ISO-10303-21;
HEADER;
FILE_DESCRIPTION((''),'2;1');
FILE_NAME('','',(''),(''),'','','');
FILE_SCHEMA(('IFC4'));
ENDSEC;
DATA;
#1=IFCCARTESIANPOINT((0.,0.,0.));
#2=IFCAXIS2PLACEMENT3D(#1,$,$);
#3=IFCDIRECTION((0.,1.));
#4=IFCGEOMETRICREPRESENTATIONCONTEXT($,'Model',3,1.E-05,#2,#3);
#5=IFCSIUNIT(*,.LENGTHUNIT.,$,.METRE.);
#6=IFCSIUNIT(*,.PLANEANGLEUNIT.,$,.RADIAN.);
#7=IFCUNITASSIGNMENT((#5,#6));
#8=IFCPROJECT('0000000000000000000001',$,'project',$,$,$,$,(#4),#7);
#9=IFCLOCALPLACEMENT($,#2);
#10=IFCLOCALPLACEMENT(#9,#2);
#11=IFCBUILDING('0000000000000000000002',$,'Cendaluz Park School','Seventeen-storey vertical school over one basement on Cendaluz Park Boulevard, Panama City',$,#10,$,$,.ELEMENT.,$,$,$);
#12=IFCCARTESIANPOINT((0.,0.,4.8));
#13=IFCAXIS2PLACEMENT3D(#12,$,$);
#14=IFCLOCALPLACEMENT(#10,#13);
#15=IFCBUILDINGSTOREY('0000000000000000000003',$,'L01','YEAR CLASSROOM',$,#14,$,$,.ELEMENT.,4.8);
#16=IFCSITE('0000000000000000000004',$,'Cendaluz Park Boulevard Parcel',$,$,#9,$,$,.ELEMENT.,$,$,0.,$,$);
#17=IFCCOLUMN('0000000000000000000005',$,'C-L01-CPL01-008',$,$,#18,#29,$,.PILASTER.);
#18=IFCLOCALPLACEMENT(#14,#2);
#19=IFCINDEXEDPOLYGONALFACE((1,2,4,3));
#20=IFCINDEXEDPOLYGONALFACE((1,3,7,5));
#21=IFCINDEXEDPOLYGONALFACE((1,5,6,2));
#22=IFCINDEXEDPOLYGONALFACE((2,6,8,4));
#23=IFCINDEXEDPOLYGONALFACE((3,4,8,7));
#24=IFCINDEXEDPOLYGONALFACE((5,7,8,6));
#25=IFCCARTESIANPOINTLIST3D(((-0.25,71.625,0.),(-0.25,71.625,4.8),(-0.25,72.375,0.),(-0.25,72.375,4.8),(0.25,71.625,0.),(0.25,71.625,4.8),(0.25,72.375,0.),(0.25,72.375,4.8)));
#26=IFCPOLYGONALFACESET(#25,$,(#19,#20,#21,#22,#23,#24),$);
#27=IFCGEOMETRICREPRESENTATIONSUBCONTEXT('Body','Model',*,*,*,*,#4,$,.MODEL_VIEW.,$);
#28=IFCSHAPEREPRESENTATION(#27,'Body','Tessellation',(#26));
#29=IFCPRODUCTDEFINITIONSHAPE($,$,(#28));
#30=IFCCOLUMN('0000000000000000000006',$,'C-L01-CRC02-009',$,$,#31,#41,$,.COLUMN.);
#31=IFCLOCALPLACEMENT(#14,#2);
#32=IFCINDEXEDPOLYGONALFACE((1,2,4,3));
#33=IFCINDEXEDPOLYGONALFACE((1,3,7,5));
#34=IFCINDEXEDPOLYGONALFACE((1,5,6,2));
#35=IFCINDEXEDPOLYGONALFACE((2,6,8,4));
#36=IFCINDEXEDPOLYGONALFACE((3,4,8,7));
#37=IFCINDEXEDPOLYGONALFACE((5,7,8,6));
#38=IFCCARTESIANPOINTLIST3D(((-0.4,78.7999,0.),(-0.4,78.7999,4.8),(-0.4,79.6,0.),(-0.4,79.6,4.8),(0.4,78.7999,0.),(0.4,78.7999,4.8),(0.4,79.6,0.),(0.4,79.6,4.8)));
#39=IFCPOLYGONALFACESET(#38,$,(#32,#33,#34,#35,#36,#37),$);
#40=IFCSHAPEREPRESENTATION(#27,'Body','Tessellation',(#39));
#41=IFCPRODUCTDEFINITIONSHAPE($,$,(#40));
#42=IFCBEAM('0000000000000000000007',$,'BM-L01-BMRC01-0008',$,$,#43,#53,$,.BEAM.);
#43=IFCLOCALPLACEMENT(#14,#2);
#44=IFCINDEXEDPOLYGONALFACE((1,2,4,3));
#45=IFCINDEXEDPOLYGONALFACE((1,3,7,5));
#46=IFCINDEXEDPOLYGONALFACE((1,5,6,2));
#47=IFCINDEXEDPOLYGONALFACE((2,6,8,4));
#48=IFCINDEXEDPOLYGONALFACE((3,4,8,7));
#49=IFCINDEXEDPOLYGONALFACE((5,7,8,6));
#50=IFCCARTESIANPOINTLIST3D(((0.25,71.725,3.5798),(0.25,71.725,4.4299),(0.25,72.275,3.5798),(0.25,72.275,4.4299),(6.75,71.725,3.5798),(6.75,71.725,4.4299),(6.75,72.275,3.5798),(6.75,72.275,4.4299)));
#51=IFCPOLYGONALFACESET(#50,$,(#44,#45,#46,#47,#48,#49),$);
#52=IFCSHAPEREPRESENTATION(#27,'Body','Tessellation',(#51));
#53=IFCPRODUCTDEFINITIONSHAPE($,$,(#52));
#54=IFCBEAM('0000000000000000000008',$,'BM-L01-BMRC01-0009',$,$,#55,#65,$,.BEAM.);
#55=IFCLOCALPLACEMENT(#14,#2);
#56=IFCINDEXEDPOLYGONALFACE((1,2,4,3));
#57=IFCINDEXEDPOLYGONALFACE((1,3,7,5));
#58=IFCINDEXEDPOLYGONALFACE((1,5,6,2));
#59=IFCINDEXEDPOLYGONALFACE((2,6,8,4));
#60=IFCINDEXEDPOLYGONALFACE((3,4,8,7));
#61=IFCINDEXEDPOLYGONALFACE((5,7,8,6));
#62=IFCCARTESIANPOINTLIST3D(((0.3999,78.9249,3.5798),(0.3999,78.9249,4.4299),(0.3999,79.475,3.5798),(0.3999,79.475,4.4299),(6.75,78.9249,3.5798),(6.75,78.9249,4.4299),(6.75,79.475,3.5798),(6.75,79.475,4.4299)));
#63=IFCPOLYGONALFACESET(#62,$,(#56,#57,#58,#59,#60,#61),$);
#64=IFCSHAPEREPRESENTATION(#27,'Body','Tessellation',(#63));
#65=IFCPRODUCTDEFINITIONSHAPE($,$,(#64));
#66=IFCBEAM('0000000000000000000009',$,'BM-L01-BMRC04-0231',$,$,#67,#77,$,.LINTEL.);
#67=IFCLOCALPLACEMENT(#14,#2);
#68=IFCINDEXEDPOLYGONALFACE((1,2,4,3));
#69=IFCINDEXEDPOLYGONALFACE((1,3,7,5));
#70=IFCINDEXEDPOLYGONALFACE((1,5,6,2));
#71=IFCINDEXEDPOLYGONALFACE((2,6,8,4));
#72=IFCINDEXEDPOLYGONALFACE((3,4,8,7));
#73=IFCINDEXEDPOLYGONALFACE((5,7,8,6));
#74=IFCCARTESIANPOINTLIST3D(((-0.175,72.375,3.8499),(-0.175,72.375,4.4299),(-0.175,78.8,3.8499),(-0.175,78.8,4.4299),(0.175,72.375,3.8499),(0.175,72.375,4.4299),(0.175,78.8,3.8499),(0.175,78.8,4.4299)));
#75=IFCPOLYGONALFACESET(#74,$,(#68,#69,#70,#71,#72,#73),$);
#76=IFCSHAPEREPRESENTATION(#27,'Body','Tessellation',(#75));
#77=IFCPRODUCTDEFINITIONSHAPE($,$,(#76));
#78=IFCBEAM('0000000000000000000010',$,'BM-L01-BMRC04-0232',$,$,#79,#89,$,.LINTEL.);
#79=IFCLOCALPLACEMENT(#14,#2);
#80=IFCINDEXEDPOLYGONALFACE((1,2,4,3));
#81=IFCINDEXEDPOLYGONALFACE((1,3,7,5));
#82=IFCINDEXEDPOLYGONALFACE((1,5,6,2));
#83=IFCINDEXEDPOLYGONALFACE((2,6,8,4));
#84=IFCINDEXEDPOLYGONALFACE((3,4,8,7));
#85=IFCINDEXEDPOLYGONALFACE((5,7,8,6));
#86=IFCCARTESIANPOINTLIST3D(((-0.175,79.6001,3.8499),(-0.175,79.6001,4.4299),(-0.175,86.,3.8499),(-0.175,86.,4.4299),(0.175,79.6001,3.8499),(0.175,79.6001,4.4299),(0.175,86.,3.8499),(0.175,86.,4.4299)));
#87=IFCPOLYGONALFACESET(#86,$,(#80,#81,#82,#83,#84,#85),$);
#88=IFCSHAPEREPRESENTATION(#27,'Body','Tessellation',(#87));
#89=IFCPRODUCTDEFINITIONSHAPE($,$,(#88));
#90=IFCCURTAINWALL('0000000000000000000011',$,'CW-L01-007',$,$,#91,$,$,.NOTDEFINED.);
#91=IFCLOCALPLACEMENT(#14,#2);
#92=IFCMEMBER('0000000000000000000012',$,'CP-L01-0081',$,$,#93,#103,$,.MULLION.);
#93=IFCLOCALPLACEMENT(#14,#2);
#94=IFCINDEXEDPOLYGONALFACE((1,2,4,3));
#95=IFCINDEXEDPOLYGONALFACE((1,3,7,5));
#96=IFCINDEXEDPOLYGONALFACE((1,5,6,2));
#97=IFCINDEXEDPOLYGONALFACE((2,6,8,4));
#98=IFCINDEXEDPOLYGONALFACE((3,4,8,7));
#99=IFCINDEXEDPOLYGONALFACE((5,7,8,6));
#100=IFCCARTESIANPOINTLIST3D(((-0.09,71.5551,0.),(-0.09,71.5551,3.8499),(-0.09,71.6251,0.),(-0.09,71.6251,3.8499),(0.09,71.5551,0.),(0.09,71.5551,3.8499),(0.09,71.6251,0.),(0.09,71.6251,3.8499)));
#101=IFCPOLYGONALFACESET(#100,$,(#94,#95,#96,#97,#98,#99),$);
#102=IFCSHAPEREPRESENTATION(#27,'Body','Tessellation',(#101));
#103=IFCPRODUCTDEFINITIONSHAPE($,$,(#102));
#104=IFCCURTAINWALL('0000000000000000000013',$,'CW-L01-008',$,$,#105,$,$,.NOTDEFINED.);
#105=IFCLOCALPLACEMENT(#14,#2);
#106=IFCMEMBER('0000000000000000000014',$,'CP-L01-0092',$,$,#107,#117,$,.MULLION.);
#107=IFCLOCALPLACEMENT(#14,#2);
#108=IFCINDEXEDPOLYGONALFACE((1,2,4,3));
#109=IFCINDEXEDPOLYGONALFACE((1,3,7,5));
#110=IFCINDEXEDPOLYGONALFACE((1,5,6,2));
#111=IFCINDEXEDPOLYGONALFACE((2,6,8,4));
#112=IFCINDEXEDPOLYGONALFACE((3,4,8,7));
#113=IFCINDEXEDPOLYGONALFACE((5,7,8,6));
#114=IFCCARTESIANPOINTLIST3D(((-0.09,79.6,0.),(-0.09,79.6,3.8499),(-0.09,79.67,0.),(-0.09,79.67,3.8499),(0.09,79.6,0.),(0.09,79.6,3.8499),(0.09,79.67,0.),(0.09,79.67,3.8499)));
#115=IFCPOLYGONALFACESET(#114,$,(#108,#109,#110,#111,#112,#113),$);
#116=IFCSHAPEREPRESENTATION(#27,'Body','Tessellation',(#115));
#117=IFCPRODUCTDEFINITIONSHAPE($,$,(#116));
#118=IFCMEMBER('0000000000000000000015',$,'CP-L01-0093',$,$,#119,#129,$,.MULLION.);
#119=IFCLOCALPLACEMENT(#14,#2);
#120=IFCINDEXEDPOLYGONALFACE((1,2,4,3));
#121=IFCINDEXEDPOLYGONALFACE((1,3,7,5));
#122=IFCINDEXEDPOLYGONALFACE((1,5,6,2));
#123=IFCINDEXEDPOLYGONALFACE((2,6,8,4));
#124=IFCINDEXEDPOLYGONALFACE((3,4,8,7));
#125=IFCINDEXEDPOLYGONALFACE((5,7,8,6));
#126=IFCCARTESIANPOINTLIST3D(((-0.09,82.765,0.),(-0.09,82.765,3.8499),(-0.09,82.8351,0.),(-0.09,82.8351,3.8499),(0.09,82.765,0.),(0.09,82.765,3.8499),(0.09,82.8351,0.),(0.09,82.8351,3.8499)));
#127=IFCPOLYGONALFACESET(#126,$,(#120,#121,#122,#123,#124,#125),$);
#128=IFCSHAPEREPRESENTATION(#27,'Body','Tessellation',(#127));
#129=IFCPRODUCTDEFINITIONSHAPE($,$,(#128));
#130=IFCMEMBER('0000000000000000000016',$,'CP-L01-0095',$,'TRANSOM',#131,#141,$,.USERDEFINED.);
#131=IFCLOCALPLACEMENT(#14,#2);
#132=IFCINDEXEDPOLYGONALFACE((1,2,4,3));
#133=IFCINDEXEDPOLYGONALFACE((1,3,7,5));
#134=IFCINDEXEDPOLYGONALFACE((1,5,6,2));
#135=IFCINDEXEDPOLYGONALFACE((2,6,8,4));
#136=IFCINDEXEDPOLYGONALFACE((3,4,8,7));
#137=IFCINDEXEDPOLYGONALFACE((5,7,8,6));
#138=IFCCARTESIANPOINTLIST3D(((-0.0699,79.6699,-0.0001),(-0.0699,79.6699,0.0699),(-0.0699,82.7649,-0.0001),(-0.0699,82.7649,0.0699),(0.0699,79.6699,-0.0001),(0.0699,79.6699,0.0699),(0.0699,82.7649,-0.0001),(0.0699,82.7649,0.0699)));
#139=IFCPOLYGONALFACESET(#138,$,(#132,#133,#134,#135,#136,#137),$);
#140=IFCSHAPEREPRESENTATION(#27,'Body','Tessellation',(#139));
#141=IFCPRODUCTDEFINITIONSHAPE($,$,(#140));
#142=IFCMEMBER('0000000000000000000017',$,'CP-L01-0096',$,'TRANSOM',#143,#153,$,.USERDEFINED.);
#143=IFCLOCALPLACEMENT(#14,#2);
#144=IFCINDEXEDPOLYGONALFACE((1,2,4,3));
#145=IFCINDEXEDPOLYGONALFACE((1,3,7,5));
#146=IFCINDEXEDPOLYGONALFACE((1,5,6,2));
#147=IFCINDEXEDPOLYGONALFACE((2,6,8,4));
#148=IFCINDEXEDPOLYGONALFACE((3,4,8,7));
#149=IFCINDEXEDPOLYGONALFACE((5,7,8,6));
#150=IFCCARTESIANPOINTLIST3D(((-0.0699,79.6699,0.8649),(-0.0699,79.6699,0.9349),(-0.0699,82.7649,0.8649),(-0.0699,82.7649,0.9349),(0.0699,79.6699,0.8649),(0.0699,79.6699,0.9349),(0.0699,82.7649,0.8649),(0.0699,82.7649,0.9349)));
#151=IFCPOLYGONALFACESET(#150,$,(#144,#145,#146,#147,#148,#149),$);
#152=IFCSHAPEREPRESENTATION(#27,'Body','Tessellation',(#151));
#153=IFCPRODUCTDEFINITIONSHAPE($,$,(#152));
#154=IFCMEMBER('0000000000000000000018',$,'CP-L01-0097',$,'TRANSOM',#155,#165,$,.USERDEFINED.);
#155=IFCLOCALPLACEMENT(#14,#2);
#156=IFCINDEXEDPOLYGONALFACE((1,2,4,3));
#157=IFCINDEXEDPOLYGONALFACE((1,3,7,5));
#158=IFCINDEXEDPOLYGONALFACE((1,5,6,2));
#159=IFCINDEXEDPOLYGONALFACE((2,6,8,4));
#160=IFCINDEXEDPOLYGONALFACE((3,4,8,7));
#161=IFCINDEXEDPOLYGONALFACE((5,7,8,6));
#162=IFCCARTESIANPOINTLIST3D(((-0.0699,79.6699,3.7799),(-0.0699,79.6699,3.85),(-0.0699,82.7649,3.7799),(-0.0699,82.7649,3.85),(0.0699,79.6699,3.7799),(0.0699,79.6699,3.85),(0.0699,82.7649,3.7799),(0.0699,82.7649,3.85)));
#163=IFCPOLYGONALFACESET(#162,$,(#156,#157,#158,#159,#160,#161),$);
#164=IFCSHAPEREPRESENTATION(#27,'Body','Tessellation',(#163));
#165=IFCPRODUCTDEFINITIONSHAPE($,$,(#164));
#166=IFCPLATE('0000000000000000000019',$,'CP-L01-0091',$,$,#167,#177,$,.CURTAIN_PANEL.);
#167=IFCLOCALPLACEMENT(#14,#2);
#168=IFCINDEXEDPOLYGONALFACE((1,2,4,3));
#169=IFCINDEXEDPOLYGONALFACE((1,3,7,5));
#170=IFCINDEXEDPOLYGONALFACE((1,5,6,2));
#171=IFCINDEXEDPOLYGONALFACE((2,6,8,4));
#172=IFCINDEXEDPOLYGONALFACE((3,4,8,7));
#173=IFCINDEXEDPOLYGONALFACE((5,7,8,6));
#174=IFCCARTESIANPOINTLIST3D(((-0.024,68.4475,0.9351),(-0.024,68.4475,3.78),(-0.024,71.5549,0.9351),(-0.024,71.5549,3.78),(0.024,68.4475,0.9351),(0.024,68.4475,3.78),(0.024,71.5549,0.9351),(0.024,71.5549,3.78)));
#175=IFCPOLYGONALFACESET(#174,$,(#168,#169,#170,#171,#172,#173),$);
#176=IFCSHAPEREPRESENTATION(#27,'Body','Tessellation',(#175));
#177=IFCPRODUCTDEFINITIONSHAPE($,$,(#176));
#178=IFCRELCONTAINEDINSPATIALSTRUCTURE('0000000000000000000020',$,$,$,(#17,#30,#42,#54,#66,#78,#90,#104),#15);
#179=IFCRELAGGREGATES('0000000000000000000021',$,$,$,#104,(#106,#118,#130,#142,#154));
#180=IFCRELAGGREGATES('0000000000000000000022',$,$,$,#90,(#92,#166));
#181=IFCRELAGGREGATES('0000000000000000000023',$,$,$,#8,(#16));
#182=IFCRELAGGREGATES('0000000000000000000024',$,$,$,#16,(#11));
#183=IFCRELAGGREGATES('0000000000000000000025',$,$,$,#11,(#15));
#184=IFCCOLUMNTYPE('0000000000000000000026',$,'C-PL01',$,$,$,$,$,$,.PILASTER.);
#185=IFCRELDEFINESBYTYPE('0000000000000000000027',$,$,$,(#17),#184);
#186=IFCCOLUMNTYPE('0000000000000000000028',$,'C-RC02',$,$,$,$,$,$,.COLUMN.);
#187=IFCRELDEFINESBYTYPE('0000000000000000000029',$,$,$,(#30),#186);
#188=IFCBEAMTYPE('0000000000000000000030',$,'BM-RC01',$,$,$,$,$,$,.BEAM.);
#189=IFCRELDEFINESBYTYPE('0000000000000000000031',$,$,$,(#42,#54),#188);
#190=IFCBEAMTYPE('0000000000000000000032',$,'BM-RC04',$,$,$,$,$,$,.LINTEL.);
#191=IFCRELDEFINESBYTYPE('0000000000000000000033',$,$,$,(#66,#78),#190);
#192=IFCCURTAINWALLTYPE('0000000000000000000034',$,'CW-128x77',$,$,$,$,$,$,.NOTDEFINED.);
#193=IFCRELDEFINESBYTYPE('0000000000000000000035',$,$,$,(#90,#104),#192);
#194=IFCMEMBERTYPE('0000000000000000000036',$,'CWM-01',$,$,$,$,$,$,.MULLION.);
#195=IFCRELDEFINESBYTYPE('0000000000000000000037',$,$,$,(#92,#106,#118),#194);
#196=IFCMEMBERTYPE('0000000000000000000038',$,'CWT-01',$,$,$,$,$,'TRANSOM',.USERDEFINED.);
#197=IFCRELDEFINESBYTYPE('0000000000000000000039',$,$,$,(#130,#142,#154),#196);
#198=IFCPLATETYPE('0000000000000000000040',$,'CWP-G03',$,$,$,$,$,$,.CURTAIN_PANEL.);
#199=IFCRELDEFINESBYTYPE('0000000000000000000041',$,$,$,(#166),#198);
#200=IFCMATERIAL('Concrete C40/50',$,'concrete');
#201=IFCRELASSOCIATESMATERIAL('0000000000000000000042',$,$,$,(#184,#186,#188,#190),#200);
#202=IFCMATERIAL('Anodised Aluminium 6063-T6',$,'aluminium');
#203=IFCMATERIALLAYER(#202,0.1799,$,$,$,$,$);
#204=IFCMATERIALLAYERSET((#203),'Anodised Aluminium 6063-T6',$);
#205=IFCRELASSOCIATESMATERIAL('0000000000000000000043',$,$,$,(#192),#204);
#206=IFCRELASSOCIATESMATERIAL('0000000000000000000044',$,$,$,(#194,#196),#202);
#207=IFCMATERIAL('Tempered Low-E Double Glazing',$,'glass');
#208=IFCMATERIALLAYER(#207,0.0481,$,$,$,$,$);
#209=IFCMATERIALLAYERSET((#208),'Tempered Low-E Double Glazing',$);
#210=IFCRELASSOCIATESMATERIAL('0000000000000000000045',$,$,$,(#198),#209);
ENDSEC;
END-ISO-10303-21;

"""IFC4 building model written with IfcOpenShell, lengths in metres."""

from ifc_helpers import new_model, si_unit, direction, frame, origin, origin_2d, place, context, subcontext, project, spatial, rectangle, extrude, material, layer, layer_set, material_profile, profile_set, type_object, element, aggregate, save


model = new_model("IFC4")

# Units and contexts
model_context = context("Model", 3, precision=1e-05, world=origin(), true_north=direction((0.0, 1.0)))
body_context = subcontext(model_context, "Body", "Model", "MODEL_VIEW")
ifc_project = project(units=[si_unit("LENGTHUNIT", "METRE"), si_unit("PLANEANGLEUNIT", "RADIAN")], contexts=[model_context])

# Site, building, storey
site_placement = place(None, origin())
site = spatial("IfcSite", under=ifc_project, at=site_placement, Name="Cendaluz Park Boulevard Parcel", CompositionType="ELEMENT", RefElevation=0.0)
building_placement = place(site_placement, origin())
building = spatial("IfcBuilding", under=site, at=building_placement, Name="Cendaluz Park School", Description="Seventeen-storey vertical school over one basement on Cendaluz Park Boulevard, Panama City", CompositionType="ELEMENT")
storey_placement = place(building_placement, frame((0.0, 0.0, 4.8)))
storey = spatial("IfcBuildingStorey", under=building, at=storey_placement, Name="L01", Description="YEAR CLASSROOM", CompositionType="ELEMENT", Elevation=4.8)

# Columns
ifc_material_1 = material(Name="Concrete C40/50", Category="concrete")
ifc_material_profile_1 = material_profile(ifc_material_1, rectangle(XDim=0.5, YDim=0.75, at=origin_2d()), Name="RC 500x750", Category="concrete")
ifc_profile_set_1 = profile_set([ifc_material_profile_1], Name="Concrete C40/50")
column_type_1 = type_object("IfcColumnType", Name="C-PL01", PredefinedType="PILASTER", material=ifc_profile_set_1)
column_1_placement = place(storey_placement, frame((0.0, 72.0, 0.0), z_axis=(0.0, 0.0, 1.0), x_axis=(1.0, 0.0, 0.0)))
element("IfcColumn", 1, at=column_1_placement, inside=storey, type_object=column_type_1, Name="C-L01-CPL01-008", PredefinedType="PILASTER", context=body_context, shape_type="SweptSolid", body=[
    extrude(rectangle(XDim=0.5, YDim=0.75, at=origin_2d()), origin(), (0.0, 0.0, 1.0), 4.8),
])
ifc_material_profile_2 = material_profile(ifc_material_1, rectangle(XDim=0.8, YDim=0.8, at=origin_2d()), Name="RC 800x800", Category="concrete")
ifc_profile_set_2 = profile_set([ifc_material_profile_2], Name="Concrete C40/50")
column_type_2 = type_object("IfcColumnType", Name="C-RC02", PredefinedType="COLUMN", material=ifc_profile_set_2)
column_2_placement = place(storey_placement, frame((0.0, 79.2, 0.0), z_axis=(0.0, 0.0, 1.0), x_axis=(1.0, 0.0, 0.0)))
element("IfcColumn", 2, at=column_2_placement, inside=storey, type_object=column_type_2, Name="C-L01-CRC02-009", PredefinedType="COLUMN", context=body_context, shape_type="SweptSolid", body=[
    extrude(rectangle(XDim=0.8, YDim=0.8, at=origin_2d()), origin(), (0.0, 0.0, 1.0), 4.8),
])

# Beams
ifc_material_profile_3 = material_profile(ifc_material_1, rectangle(XDim=0.55, YDim=0.8501, at=origin_2d()), Name="RC 550x850", Category="concrete")
ifc_profile_set_3 = profile_set([ifc_material_profile_3], Name="Concrete C40/50")
beam_type_1 = type_object("IfcBeamType", Name="BM-RC01", PredefinedType="BEAM", material=ifc_profile_set_3)
beam_1_placement = place(storey_placement, frame((0.25, 72.0, 4.0049), z_axis=(1.0, 0.0, 0.0), x_axis=(0.0, 1.0, 0.0)))
element("IfcBeam", 3, at=beam_1_placement, inside=storey, type_object=beam_type_1, Name="BM-L01-BMRC01-0008", PredefinedType="BEAM", context=body_context, shape_type="SweptSolid", body=[
    extrude(rectangle(XDim=0.55, YDim=0.8501, at=origin_2d()), origin(), (0.0, 0.0, 1.0), 6.5),
])
beam_2_placement = place(storey_placement, frame((0.3999, 79.2, 4.0049), z_axis=(1.0, 0.0, 0.0), x_axis=(0.0, 1.0, 0.0)))
element("IfcBeam", 4, at=beam_2_placement, inside=storey, type_object=beam_type_1, Name="BM-L01-BMRC01-0009", PredefinedType="BEAM", context=body_context, shape_type="SweptSolid", body=[
    extrude(rectangle(XDim=0.55, YDim=0.8501, at=origin_2d()), origin(), (0.0, 0.0, 1.0), 6.3501),
])
ifc_material_profile_4 = material_profile(ifc_material_1, rectangle(XDim=0.3501, YDim=0.5801, at=origin_2d()), Name="RC 350x580", Category="concrete")
ifc_profile_set_4 = profile_set([ifc_material_profile_4], Name="Concrete C40/50")
beam_type_2 = type_object("IfcBeamType", Name="BM-RC04", PredefinedType="LINTEL", material=ifc_profile_set_4)
beam_3_placement = place(storey_placement, frame((0.0, 72.375, 4.1399), z_axis=(0.0, 1.0, 0.0), x_axis=(-1.0, 0.0, 0.0)))
element("IfcBeam", 5, at=beam_3_placement, inside=storey, type_object=beam_type_2, Name="BM-L01-BMRC04-0231", PredefinedType="LINTEL", context=body_context, shape_type="SweptSolid", body=[
    extrude(rectangle(XDim=0.3501, YDim=0.5801, at=origin_2d()), origin(), (0.0, 0.0, 1.0), 6.425),
])
beam_4_placement = place(storey_placement, frame((0.0, 79.6001, 4.1399), z_axis=(0.0, 1.0, 0.0), x_axis=(-1.0, 0.0, 0.0)))
element("IfcBeam", 6, at=beam_4_placement, inside=storey, type_object=beam_type_2, Name="BM-L01-BMRC04-0232", PredefinedType="LINTEL", context=body_context, shape_type="SweptSolid", body=[
    extrude(rectangle(XDim=0.3501, YDim=0.5801, at=origin_2d()), origin(), (0.0, 0.0, 1.0), 6.3999),
])

# Curtain wall, member
ifc_material_2 = material(Name="Anodised Aluminium 6063-T6", Category="aluminium")
ifc_layer_1 = layer(ifc_material_2, 0.1799)
ifc_layer_set_1 = layer_set([ifc_layer_1], Name="Anodised Aluminium 6063-T6")
curtain_wall_type = type_object("IfcCurtainWallType", Name="CW-128x77", PredefinedType="NOTDEFINED", material=ifc_layer_set_1)
curtain_wall_1_placement = place(storey_placement, origin())
curtain_wall_1 = element("IfcCurtainWall", 7, at=curtain_wall_1_placement, inside=storey, type_object=curtain_wall_type, Name="CW-L01-007", PredefinedType="NOTDEFINED")
ifc_material_profile_5 = material_profile(ifc_material_2, rectangle(XDim=0.1799, YDim=0.0701, at=origin_2d()), Name="CWM 180x70", Category="aluminium")
ifc_profile_set_5 = profile_set([ifc_material_profile_5], Name="Anodised Aluminium 6063-T6")
member_type_1 = type_object("IfcMemberType", Name="CWM-01", PredefinedType="MULLION", material=ifc_profile_set_5)
member_1_placement = place(storey_placement, frame((0.0, 71.5901, 0.0), z_axis=(0.0, 0.0, 1.0), x_axis=(-1.0, 0.0, 0.0)))
member_1 = element("IfcMember", 8, at=member_1_placement, type_object=member_type_1, Name="CP-L01-0081", PredefinedType="MULLION", context=body_context, shape_type="SweptSolid", body=[
    extrude(rectangle(XDim=0.1799, YDim=0.0701, at=origin_2d()), origin(), (0.0, 0.0, 1.0), 3.8499),
])

# Curtain wall, members
curtain_wall_2_placement = place(storey_placement, origin())
curtain_wall_2 = element("IfcCurtainWall", 9, at=curtain_wall_2_placement, inside=storey, type_object=curtain_wall_type, Name="CW-L01-008", PredefinedType="NOTDEFINED")
member_2_placement = place(storey_placement, frame((0.0, 79.635, 0.0), z_axis=(0.0, 0.0, 1.0), x_axis=(-1.0, 0.0, 0.0)))
member_2 = element("IfcMember", 10, at=member_2_placement, type_object=member_type_1, Name="CP-L01-0092", PredefinedType="MULLION", context=body_context, shape_type="SweptSolid", body=[
    extrude(rectangle(XDim=0.1799, YDim=0.0701, at=origin_2d()), origin(), (0.0, 0.0, 1.0), 3.8499),
])
member_3_placement = place(storey_placement, frame((0.0, 82.8, 0.0), z_axis=(0.0, 0.0, 1.0), x_axis=(-1.0, 0.0, 0.0)))
member_3 = element("IfcMember", 11, at=member_3_placement, type_object=member_type_1, Name="CP-L01-0093", PredefinedType="MULLION", context=body_context, shape_type="SweptSolid", body=[
    extrude(rectangle(XDim=0.1799, YDim=0.0701, at=origin_2d()), origin(), (0.0, 0.0, 1.0), 3.8499),
])
ifc_material_profile_6 = material_profile(ifc_material_2, rectangle(XDim=0.1399, YDim=0.0701, at=origin_2d()), Name="CWT 140x70", Category="aluminium")
ifc_profile_set_6 = profile_set([ifc_material_profile_6], Name="Anodised Aluminium 6063-T6")
member_type_2 = type_object("IfcMemberType", Name="CWT-01", ElementType="TRANSOM", PredefinedType="USERDEFINED", material=ifc_profile_set_6)
member_4_placement = place(storey_placement, frame((0.0, 79.6699, 0.0349), z_axis=(0.0, 1.0, 0.0), x_axis=(-1.0, 0.0, 0.0)))
member_4 = element("IfcMember", 12, at=member_4_placement, type_object=member_type_2, Name="CP-L01-0095", ObjectType="TRANSOM", PredefinedType="USERDEFINED", context=body_context, shape_type="SweptSolid", body=[
    extrude(rectangle(XDim=0.1399, YDim=0.0701, at=origin_2d()), origin(), (0.0, 0.0, 1.0), 3.095),
])
member_5_placement = place(storey_placement, frame((0.0, 79.6699, 0.8999), z_axis=(0.0, 1.0, 0.0), x_axis=(-1.0, 0.0, 0.0)))
member_5 = element("IfcMember", 13, at=member_5_placement, type_object=member_type_2, Name="CP-L01-0096", ObjectType="TRANSOM", PredefinedType="USERDEFINED", context=body_context, shape_type="SweptSolid", body=[
    extrude(rectangle(XDim=0.1399, YDim=0.0701, at=origin_2d()), origin(), (0.0, 0.0, 1.0), 3.095),
])
member_6_placement = place(storey_placement, frame((0.0, 79.6699, 3.8149), z_axis=(0.0, 1.0, 0.0), x_axis=(-1.0, 0.0, 0.0)))
member_6 = element("IfcMember", 14, at=member_6_placement, type_object=member_type_2, Name="CP-L01-0097", ObjectType="TRANSOM", PredefinedType="USERDEFINED", context=body_context, shape_type="SweptSolid", body=[
    extrude(rectangle(XDim=0.1399, YDim=0.0701, at=origin_2d()), origin(), (0.0, 0.0, 1.0), 3.095),
])

# Plate
ifc_material_3 = material(Name="Tempered Low-E Double Glazing", Category="glass")
ifc_layer_2 = layer(ifc_material_3, 0.0481)
ifc_layer_set_2 = layer_set([ifc_layer_2], Name="Tempered Low-E Double Glazing")
plate_type_1 = type_object("IfcPlateType", Name="CWP-G03", PredefinedType="CURTAIN_PANEL", material=ifc_layer_set_2)
plate_1_placement = place(storey_placement, frame((0.0, 70.0012, 0.9351), z_axis=(0.0, 0.0, 1.0), x_axis=(0.0, 1.0, 0.0)))
plate_1 = element("IfcPlate", 15, at=plate_1_placement, type_object=plate_type_1, Name="CP-L01-0091", PredefinedType="CURTAIN_PANEL", context=body_context, shape_type="SweptSolid", body=[
    extrude(rectangle(XDim=3.1074, YDim=0.0481, at=origin_2d()), origin(), (0.0, 0.0, 1.0), 2.845),
])
aggregate(curtain_wall_2, [member_2, member_3, member_4, member_5, member_6])
aggregate(curtain_wall_1, [member_1, plate_1])

save(model, "model.ifc")
